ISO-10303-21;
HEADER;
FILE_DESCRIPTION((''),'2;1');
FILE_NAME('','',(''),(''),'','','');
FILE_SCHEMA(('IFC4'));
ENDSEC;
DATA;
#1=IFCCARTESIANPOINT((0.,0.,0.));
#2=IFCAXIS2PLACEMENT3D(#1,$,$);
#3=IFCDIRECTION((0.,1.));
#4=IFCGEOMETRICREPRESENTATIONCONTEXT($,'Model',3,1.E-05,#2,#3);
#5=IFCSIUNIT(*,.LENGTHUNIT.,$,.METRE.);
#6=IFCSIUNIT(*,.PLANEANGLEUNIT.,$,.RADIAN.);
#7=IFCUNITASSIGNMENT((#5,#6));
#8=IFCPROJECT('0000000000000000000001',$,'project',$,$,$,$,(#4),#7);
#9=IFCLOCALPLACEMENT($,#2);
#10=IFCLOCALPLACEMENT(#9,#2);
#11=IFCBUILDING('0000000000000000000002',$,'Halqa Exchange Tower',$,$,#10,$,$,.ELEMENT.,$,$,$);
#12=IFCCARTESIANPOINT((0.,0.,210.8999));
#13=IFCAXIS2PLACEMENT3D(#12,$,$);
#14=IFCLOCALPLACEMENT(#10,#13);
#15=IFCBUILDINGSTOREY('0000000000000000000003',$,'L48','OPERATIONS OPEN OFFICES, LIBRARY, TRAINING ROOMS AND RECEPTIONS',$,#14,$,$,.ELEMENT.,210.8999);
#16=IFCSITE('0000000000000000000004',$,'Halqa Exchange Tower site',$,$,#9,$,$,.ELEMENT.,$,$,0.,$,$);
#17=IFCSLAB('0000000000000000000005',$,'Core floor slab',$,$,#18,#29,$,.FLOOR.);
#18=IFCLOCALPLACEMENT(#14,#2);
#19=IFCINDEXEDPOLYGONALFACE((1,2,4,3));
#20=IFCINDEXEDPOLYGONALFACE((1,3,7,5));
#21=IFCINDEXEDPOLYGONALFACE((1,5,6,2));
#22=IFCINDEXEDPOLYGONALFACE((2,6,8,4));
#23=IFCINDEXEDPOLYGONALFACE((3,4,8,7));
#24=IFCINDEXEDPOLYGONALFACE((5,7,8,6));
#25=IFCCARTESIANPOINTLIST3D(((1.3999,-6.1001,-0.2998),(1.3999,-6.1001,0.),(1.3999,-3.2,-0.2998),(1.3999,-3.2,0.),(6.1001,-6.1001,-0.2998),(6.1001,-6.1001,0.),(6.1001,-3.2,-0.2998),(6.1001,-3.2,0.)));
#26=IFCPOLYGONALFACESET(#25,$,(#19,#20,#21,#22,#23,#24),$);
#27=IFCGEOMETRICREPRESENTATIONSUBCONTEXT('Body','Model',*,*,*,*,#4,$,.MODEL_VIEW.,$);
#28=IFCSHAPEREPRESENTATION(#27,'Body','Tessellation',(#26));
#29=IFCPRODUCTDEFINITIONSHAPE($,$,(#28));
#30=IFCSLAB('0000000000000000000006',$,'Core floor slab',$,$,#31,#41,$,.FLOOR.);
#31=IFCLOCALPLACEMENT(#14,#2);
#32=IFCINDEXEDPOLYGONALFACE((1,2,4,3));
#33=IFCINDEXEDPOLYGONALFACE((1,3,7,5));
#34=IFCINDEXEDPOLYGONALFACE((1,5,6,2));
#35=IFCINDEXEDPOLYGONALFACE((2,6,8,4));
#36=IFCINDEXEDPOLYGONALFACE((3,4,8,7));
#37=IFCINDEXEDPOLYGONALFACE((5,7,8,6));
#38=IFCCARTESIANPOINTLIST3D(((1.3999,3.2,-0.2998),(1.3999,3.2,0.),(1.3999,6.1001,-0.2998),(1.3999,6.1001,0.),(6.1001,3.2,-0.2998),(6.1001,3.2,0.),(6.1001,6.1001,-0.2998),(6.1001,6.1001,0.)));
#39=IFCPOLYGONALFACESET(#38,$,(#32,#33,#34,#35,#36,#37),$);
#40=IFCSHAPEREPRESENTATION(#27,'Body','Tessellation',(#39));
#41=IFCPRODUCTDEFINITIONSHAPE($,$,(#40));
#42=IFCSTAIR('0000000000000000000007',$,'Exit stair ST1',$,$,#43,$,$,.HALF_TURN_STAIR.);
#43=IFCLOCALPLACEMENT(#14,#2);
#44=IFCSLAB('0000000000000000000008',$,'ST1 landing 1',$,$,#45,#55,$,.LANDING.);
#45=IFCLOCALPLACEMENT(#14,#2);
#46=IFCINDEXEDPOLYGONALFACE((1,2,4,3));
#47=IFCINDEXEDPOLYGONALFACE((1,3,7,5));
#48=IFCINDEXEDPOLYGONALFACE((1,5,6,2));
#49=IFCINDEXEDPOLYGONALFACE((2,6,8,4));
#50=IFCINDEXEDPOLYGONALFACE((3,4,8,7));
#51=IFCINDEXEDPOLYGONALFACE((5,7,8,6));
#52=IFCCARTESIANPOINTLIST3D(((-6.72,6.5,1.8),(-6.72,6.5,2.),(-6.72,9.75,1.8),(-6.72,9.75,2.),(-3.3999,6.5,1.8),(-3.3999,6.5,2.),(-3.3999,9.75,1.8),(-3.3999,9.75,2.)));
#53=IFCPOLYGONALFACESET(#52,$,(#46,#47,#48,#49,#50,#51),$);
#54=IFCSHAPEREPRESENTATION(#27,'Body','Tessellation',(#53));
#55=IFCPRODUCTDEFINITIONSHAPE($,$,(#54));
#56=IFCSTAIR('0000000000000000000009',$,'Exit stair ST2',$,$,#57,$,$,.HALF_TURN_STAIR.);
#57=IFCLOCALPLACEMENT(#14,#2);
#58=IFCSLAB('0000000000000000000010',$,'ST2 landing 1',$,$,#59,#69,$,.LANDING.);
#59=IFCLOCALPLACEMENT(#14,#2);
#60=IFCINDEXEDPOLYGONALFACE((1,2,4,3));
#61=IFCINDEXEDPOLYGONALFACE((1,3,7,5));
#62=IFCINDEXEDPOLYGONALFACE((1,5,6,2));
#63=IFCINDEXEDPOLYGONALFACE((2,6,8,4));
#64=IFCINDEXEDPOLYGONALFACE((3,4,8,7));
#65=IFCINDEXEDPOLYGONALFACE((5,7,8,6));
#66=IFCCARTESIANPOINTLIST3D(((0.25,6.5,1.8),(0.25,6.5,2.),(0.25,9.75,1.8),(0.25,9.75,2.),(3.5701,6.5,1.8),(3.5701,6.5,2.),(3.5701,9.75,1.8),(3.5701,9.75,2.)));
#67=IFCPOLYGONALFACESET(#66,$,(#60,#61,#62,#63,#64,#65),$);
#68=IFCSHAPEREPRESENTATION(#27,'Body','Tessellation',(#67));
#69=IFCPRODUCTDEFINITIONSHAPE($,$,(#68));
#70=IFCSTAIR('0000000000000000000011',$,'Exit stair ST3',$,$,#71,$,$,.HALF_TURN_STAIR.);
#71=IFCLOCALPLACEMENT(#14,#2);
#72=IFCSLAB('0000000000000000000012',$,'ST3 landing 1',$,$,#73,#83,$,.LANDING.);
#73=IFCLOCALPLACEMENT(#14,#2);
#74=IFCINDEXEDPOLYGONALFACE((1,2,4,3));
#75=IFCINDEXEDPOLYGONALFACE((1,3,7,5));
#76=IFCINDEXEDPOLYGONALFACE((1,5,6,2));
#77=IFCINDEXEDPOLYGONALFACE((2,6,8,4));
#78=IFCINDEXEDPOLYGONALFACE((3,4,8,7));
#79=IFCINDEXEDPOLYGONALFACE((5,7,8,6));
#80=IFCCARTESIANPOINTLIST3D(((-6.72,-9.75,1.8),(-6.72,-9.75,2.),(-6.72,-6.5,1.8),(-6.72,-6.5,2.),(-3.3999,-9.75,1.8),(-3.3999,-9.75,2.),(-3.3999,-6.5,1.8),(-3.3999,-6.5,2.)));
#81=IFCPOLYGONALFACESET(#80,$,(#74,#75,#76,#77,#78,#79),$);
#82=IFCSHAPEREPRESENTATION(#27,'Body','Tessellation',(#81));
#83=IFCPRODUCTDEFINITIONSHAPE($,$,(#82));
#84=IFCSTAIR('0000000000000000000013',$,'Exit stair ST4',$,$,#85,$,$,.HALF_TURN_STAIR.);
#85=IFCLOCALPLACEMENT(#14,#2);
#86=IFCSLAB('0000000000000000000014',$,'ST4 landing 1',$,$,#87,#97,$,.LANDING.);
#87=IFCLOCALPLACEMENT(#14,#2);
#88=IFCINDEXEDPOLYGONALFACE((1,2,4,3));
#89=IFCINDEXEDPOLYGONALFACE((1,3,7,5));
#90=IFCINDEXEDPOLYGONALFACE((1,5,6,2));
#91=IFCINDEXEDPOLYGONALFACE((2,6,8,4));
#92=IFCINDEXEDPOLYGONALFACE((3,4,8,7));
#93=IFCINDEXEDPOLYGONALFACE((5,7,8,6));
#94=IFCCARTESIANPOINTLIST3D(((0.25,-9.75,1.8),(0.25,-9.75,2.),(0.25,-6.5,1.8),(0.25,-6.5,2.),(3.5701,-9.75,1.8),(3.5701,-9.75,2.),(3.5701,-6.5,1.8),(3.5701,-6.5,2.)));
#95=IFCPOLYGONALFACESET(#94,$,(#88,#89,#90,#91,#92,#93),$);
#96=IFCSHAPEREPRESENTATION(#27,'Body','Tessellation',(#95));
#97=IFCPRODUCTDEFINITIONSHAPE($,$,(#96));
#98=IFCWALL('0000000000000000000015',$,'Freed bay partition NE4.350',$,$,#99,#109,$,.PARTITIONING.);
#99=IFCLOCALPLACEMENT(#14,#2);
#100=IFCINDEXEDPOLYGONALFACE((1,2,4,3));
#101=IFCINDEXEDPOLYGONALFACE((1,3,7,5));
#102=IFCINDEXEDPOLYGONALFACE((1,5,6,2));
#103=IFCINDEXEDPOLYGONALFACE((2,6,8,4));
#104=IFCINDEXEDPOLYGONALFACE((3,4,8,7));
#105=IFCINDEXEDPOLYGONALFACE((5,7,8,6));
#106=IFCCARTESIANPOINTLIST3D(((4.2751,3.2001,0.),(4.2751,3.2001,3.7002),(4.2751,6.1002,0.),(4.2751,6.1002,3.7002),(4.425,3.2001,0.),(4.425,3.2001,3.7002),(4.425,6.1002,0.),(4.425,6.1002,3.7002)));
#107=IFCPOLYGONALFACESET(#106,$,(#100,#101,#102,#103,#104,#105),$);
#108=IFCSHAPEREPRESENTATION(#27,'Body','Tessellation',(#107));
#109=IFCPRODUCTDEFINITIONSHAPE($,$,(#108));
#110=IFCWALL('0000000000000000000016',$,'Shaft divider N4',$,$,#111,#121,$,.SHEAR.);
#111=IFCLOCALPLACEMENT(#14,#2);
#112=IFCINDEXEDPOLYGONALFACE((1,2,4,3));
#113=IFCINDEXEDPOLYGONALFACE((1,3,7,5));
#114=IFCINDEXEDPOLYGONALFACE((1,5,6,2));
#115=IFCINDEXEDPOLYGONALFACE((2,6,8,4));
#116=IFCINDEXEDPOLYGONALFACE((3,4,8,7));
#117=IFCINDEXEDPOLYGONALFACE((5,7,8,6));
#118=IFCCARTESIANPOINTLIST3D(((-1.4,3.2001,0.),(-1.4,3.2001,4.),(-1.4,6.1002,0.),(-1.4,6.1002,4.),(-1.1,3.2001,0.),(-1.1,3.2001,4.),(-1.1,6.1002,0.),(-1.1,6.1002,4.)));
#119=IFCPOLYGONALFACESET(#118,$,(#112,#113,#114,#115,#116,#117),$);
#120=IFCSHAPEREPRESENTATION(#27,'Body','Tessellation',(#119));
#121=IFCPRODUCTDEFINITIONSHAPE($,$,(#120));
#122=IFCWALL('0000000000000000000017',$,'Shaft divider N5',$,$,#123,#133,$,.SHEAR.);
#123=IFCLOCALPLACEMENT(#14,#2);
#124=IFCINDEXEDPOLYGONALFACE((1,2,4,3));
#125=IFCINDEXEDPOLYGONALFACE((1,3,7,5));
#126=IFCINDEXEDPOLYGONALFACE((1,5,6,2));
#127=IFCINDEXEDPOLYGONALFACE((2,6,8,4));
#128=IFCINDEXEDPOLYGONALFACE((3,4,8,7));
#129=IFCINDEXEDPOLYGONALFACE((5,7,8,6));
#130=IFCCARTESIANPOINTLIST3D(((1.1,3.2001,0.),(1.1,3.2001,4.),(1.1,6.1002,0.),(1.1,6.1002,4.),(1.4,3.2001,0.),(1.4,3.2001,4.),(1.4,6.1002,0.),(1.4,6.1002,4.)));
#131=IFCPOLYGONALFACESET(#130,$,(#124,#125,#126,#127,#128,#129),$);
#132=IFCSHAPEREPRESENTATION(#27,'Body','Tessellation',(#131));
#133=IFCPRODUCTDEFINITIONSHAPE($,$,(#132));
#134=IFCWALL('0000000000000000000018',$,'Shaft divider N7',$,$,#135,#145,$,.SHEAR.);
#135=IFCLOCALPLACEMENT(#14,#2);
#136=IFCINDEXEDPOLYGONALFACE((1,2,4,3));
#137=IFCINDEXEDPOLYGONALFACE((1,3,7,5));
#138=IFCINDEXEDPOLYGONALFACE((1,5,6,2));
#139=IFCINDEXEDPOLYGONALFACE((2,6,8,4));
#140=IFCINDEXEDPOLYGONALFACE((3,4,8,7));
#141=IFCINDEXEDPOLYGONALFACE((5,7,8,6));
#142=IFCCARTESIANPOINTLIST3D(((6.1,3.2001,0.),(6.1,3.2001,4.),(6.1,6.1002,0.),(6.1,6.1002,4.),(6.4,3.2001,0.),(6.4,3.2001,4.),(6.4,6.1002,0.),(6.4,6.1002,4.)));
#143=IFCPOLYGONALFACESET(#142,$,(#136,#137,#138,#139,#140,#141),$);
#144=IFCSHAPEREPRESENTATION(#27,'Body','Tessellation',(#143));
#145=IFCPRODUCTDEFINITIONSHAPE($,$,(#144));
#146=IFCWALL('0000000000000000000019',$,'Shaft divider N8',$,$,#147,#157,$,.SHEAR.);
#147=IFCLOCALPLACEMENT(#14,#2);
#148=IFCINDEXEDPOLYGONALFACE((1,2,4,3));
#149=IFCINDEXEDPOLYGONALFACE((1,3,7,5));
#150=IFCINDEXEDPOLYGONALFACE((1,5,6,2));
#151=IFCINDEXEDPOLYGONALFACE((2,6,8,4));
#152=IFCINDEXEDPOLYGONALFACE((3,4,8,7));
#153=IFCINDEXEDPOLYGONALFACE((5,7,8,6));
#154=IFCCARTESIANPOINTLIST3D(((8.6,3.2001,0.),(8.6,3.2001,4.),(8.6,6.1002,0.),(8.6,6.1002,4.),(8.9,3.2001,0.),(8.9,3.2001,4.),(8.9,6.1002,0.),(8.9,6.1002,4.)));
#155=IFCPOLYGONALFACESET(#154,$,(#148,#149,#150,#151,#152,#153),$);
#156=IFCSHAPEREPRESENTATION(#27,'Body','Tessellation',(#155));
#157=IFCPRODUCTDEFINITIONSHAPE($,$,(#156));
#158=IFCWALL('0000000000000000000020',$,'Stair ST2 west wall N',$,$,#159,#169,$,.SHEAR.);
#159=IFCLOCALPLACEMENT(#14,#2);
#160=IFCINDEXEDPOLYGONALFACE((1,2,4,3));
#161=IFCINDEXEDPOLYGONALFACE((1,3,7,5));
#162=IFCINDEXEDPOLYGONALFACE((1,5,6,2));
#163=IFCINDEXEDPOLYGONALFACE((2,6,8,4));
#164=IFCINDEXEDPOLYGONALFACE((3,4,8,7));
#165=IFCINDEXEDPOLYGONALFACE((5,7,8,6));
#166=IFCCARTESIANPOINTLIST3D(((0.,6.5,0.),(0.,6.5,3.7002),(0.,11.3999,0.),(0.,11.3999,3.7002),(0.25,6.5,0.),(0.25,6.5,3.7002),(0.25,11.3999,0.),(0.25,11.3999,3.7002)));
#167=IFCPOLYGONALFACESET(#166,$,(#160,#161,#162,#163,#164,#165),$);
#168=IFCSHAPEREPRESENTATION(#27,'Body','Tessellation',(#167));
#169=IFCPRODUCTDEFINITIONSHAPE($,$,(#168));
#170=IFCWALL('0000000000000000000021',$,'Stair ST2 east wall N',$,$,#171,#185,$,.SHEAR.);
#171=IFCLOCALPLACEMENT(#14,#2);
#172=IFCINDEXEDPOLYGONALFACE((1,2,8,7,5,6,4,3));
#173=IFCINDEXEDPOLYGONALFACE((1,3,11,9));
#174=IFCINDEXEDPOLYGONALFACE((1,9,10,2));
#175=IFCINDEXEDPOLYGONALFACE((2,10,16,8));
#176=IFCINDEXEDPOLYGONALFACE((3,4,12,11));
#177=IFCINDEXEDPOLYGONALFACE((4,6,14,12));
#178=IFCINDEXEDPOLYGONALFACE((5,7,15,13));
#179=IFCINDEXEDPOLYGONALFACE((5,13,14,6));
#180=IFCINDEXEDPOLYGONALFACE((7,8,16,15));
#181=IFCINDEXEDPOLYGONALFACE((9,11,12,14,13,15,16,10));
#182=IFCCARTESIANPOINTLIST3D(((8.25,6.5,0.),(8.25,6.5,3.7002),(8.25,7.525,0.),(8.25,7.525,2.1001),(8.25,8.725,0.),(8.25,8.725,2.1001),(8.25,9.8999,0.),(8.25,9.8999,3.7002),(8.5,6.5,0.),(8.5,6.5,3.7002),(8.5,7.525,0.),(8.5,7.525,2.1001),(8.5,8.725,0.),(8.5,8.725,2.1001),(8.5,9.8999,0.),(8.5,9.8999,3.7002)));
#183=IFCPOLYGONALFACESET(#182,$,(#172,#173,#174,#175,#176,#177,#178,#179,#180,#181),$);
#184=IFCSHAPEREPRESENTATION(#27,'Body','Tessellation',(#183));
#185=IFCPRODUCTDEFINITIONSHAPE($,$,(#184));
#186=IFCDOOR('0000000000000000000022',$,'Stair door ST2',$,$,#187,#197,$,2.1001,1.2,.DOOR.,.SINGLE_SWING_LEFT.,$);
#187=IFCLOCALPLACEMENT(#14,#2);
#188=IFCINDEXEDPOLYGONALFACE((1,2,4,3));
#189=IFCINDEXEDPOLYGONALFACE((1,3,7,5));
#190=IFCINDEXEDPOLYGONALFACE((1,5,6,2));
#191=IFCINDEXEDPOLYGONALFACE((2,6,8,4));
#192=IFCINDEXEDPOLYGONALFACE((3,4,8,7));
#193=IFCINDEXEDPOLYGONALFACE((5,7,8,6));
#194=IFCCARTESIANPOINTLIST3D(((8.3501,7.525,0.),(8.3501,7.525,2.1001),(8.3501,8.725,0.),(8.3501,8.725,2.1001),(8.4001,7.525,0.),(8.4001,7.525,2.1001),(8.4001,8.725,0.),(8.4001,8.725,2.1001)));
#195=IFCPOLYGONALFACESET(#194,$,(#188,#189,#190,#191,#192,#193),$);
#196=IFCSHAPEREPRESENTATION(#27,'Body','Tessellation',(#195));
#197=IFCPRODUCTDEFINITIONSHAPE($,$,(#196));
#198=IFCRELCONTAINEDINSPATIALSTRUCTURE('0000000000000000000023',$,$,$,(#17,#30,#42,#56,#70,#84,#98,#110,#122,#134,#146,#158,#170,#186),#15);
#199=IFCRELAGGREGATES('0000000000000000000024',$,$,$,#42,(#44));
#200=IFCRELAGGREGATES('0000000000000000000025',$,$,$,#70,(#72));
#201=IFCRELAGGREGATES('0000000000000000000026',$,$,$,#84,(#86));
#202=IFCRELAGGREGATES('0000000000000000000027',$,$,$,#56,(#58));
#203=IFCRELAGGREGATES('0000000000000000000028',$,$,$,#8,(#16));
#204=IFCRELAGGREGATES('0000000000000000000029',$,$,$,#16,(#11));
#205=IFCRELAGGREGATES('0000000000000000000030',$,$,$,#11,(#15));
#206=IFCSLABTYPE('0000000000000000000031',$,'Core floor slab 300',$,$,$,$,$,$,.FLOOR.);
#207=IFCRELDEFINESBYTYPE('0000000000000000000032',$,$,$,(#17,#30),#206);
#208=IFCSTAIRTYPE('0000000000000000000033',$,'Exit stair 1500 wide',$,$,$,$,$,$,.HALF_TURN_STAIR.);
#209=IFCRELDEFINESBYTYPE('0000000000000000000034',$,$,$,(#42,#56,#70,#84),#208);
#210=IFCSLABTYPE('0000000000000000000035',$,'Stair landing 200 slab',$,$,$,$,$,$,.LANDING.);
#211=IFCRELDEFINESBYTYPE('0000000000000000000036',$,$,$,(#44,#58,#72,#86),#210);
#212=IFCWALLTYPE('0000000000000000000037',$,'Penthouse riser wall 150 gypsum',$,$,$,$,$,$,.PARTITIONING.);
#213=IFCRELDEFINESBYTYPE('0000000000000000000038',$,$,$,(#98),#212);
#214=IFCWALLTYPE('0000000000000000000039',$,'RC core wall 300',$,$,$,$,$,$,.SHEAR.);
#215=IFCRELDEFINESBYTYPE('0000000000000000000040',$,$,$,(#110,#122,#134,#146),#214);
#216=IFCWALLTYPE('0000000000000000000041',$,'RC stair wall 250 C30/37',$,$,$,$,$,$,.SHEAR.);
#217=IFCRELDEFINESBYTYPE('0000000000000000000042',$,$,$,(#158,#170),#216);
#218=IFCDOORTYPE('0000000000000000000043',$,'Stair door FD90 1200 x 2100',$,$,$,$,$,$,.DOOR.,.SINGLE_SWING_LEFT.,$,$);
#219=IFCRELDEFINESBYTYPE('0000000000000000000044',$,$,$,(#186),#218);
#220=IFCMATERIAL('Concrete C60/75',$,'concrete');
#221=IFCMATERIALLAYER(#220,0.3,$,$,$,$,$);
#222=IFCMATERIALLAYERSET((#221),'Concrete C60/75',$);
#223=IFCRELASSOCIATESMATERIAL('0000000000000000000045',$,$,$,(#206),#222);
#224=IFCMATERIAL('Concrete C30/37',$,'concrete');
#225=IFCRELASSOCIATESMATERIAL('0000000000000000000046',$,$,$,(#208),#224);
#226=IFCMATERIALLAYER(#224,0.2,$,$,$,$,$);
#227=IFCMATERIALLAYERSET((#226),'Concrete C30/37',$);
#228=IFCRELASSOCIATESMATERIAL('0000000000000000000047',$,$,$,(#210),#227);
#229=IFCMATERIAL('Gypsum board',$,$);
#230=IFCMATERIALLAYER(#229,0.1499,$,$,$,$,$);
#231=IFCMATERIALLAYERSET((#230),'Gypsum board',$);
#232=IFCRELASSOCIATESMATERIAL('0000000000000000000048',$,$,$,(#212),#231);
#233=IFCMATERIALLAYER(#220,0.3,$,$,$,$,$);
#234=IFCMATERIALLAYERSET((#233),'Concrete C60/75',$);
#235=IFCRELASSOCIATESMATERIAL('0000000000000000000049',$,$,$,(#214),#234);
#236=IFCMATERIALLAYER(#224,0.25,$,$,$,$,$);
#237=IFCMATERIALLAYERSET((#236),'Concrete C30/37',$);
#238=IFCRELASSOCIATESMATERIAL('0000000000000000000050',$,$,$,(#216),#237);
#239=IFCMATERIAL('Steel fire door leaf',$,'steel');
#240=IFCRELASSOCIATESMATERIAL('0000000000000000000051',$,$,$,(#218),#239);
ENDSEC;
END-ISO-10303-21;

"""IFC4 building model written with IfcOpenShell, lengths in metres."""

from ifc_helpers import new_model, si_unit, direction, frame, frame_2d, origin, place, context, subcontext, project, spatial, polyline, rectangle, outline, extrude, material, layer, layer_set, type_object, element, fill, aggregate, save


model = new_model("IFC4")

# Units and contexts
model_context = context("Model", 3, precision=1e-05, world=origin(), true_north=direction((0.0, 1.0)))
body_context = subcontext(model_context, "Body", "Model", "MODEL_VIEW")
ifc_project = project(units=[si_unit("LENGTHUNIT", "METRE"), si_unit("PLANEANGLEUNIT", "RADIAN")], contexts=[model_context])

# Site, building, storey
site_placement = place(None, origin())
site = spatial("IfcSite", under=ifc_project, at=site_placement, Name="Halqa Exchange Tower site", CompositionType="ELEMENT", RefElevation=0.0)
building_placement = place(site_placement, origin())
building = spatial("IfcBuilding", under=site, at=building_placement, Name="Halqa Exchange Tower", CompositionType="ELEMENT")
storey_placement = place(building_placement, frame((0.0, 0.0, 210.8999)))
storey = spatial("IfcBuildingStorey", under=building, at=storey_placement, Name="L48", Description="OPERATIONS OPEN OFFICES, LIBRARY, TRAINING ROOMS AND RECEPTIONS", CompositionType="ELEMENT", Elevation=210.8999)

# Slabs
ifc_material_1 = material(Name="Concrete C60/75", Category="concrete")
ifc_layer_1 = layer(ifc_material_1, 0.3)
ifc_layer_set_1 = layer_set([ifc_layer_1], Name="Concrete C60/75")
slab_type_1 = type_object("IfcSlabType", Name="Core floor slab 300", PredefinedType="FLOOR", material=ifc_layer_set_1)
slab_1_placement = place(storey_placement, frame((0.0, 0.0, -0.2998)))
element("IfcSlab", 1, at=slab_1_placement, inside=storey, type_object=slab_type_1, Name="Core floor slab", PredefinedType="FLOOR", context=body_context, shape_type="SweptSolid", body=[
    extrude(outline(polyline([(6.1001, -3.2), (6.1001, -6.1001), (1.3999, -6.1001), (1.3999, -3.2), (6.1001, -3.2)])), origin(), (0.0, 0.0, 1.0), 0.2998),
])
slab_2_placement = place(storey_placement, frame((0.0, 0.0, -0.2998)))
element("IfcSlab", 2, at=slab_2_placement, inside=storey, type_object=slab_type_1, Name="Core floor slab", PredefinedType="FLOOR", context=body_context, shape_type="SweptSolid", body=[
    extrude(outline(polyline([(6.1001, 6.1001), (6.1001, 3.2), (1.3999, 3.2), (1.3999, 6.1001), (6.1001, 6.1001)])), origin(), (0.0, 0.0, 1.0), 0.2998),
])

# Stairs, slabs
ifc_material_2 = material(Name="Concrete C30/37", Category="concrete")
stair_type = type_object("IfcStairType", Name="Exit stair 1500 wide", PredefinedType="HALF_TURN_STAIR", material=ifc_material_2)
stair_1_placement = place(storey_placement, origin())
stair_1 = element("IfcStair", 3, at=stair_1_placement, inside=storey, type_object=stair_type, Name="Exit stair ST1", PredefinedType="HALF_TURN_STAIR")
ifc_layer_2 = layer(ifc_material_2, 0.2)
ifc_layer_set_2 = layer_set([ifc_layer_2], Name="Concrete C30/37")
slab_type_2 = type_object("IfcSlabType", Name="Stair landing 200 slab", PredefinedType="LANDING", material=ifc_layer_set_2)
slab_3_placement = place(storey_placement, frame((0.0, 0.0, 1.8)))
slab_3 = element("IfcSlab", 4, at=slab_3_placement, type_object=slab_type_2, Name="ST1 landing 1", PredefinedType="LANDING", context=body_context, shape_type="SweptSolid", body=[
    extrude(outline(polyline([(-6.72, 6.5), (-3.3999, 6.5), (-3.3999, 9.75), (-6.72, 9.75), (-6.72, 6.5)])), origin(), (0.0, 0.0, 1.0), 0.2),
])
aggregate(stair_1, [slab_3])
stair_2_placement = place(storey_placement, origin())
stair_2 = element("IfcStair", 5, at=stair_2_placement, inside=storey, type_object=stair_type, Name="Exit stair ST2", PredefinedType="HALF_TURN_STAIR")
slab_4_placement = place(storey_placement, frame((0.0, 0.0, 1.8)))
slab_4 = element("IfcSlab", 6, at=slab_4_placement, type_object=slab_type_2, Name="ST2 landing 1", PredefinedType="LANDING", context=body_context, shape_type="SweptSolid", body=[
    extrude(outline(polyline([(0.25, 6.5), (3.5701, 6.5), (3.5701, 9.75), (0.25, 9.75), (0.25, 6.5)])), origin(), (0.0, 0.0, 1.0), 0.2),
])
stair_3_placement = place(storey_placement, origin())
stair_3 = element("IfcStair", 7, at=stair_3_placement, inside=storey, type_object=stair_type, Name="Exit stair ST3", PredefinedType="HALF_TURN_STAIR")
slab_5_placement = place(storey_placement, frame((0.0, 0.0, 1.8)))
slab_5 = element("IfcSlab", 8, at=slab_5_placement, type_object=slab_type_2, Name="ST3 landing 1", PredefinedType="LANDING", context=body_context, shape_type="SweptSolid", body=[
    extrude(outline(polyline([(-6.72, -9.75), (-3.3999, -9.75), (-3.3999, -6.5), (-6.72, -6.5), (-6.72, -9.75)])), origin(), (0.0, 0.0, 1.0), 0.2),
])
aggregate(stair_3, [slab_5])
stair_4_placement = place(storey_placement, origin())
stair_4 = element("IfcStair", 9, at=stair_4_placement, inside=storey, type_object=stair_type, Name="Exit stair ST4", PredefinedType="HALF_TURN_STAIR")
slab_6_placement = place(storey_placement, frame((0.0, 0.0, 1.8)))
slab_6 = element("IfcSlab", 10, at=slab_6_placement, type_object=slab_type_2, Name="ST4 landing 1", PredefinedType="LANDING", context=body_context, shape_type="SweptSolid", body=[
    extrude(outline(polyline([(0.25, -9.75), (3.5701, -9.75), (3.5701, -6.5), (0.25, -6.5), (0.25, -9.75)])), origin(), (0.0, 0.0, 1.0), 0.2),
])
aggregate(stair_4, [slab_6])

# Walls
ifc_material_3 = material(Name="Gypsum board")
ifc_layer_3 = layer(ifc_material_3, 0.1499)
ifc_layer_set_3 = layer_set([ifc_layer_3], Name="Gypsum board")
wall_type_1 = type_object("IfcWallType", Name="Penthouse riser wall 150 gypsum", PredefinedType="PARTITIONING", material=ifc_layer_set_3)
wall_1_placement = place(storey_placement, frame((4.3501, 3.2, 0.0), z_axis=(0.0, 0.0, 1.0), x_axis=(0.0, 1.0, 0.0)))
element("IfcWall", 11, at=wall_1_placement, inside=storey, type_object=wall_type_1, Name="Freed bay partition NE4.350", PredefinedType="PARTITIONING", context=body_context, shape_type="SweptSolid", body=[
    extrude(rectangle(XDim=2.9001, YDim=0.1499, at=frame_2d((1.4502, 0.0))), origin(), (0.0, 0.0, 1.0), 3.7002),
])
ifc_layer_4 = layer(ifc_material_1, 0.3)
ifc_layer_set_4 = layer_set([ifc_layer_4], Name="Concrete C60/75")
wall_type_2 = type_object("IfcWallType", Name="RC core wall 300", PredefinedType="SHEAR", material=ifc_layer_set_4)
for number, where, z_axis, x_axis, name in (
    (12, (-1.25, 3.2, 0.0), (0.0, 0.0, 1.0), (0.0, 1.0, 0.0), "Shaft divider N4"),
    (13, (1.25, 3.2, 0.0), (0.0, 0.0, 1.0), (0.0, 1.0, 0.0), "Shaft divider N5"),
    (14, (6.25, 3.2, 0.0), (0.0, 0.0, 1.0), (0.0, 1.0, 0.0), "Shaft divider N7"),
    (15, (8.75, 3.2, 0.0), (0.0, 0.0, 1.0), (0.0, 1.0, 0.0), "Shaft divider N8"),
):
    element("IfcWall", number, at=place(storey_placement, frame(where, z_axis=z_axis, x_axis=x_axis)), inside=storey, type_object=wall_type_2, Name=name, PredefinedType="SHEAR", context=body_context, shape_type="SweptSolid", body=[
        extrude(rectangle(XDim=2.9001, YDim=0.3, at=frame_2d((1.4502, 0.0))), origin(), (0.0, 0.0, 1.0), 4.0),
    ])
ifc_layer_5 = layer(ifc_material_2, 0.25)
ifc_layer_set_5 = layer_set([ifc_layer_5], Name="Concrete C30/37")
wall_type_3 = type_object("IfcWallType", Name="RC stair wall 250 C30/37", PredefinedType="SHEAR", material=ifc_layer_set_5)
wall_2_placement = place(storey_placement, frame((0.125, 6.5, 0.0), z_axis=(0.0, 0.0, 1.0), x_axis=(0.0, 1.0, 0.0)))
element("IfcWall", 16, at=wall_2_placement, inside=storey, type_object=wall_type_3, Name="Stair ST2 west wall N", PredefinedType="SHEAR", context=body_context, shape_type="SweptSolid", body=[
    extrude(rectangle(XDim=4.8999, YDim=0.25, at=frame_2d((2.45, 0.0))), origin(), (0.0, 0.0, 1.0), 3.7002),
])

# Wall, opening, door
wall_3_placement = place(storey_placement, frame((8.375, 6.5, 0.0), z_axis=(0.0, 0.0, 1.0), x_axis=(0.0, 1.0, 0.0)))
wall_3 = element("IfcWall", 17, at=wall_3_placement, inside=storey, type_object=wall_type_3, Name="Stair ST2 east wall N", PredefinedType="SHEAR", context=body_context, shape_type="SweptSolid", body=[
    extrude(rectangle(XDim=3.3999, YDim=0.25, at=frame_2d((1.7, 0.0))), origin(), (0.0, 0.0, 1.0), 3.7002),
])
opening_placement = place(wall_3_placement, frame((1.0249, 0.0, 0.0)))
opening = element("IfcOpeningElement", 18, at=opening_placement, cuts=wall_3, PredefinedType="OPENING", context=body_context, shape_type="SweptSolid", body=[
    extrude(rectangle(XDim=1.2, YDim=2.1001, at=frame_2d((0.6001, 1.05))), frame((0.0, 0.137, 0.0), z_axis=(0.0, -1.0, 0.0), x_axis=(1.0, 0.0, 0.0)), (0.0, 0.0, 1.0), 0.2739),
])
ifc_material_4 = material(Name="Steel fire door leaf", Category="steel")
door_type = type_object("IfcDoorType", Name="Stair door FD90 1200 x 2100", OperationType="SINGLE_SWING_LEFT", PredefinedType="DOOR", material=ifc_material_4)
door_placement = place(opening_placement, origin())
door = element("IfcDoor", 19, at=door_placement, inside=storey, type_object=door_type, Name="Stair door ST2", OperationType="SINGLE_SWING_LEFT", OverallHeight=2.1001, OverallWidth=1.2, PredefinedType="DOOR", context=body_context, shape_type="SweptSolid", body=[
    extrude(rectangle(XDim=1.2, YDim=2.1001, at=frame_2d((0.6001, 1.05))), frame((0.0, 0.0249, 0.0), z_axis=(0.0, -1.0, 0.0), x_axis=(1.0, 0.0, 0.0)), (0.0, 0.0, 1.0), 0.05),
])
fill(opening, door)

aggregate(stair_2, [slab_4])

save(model, "model.ifc")
